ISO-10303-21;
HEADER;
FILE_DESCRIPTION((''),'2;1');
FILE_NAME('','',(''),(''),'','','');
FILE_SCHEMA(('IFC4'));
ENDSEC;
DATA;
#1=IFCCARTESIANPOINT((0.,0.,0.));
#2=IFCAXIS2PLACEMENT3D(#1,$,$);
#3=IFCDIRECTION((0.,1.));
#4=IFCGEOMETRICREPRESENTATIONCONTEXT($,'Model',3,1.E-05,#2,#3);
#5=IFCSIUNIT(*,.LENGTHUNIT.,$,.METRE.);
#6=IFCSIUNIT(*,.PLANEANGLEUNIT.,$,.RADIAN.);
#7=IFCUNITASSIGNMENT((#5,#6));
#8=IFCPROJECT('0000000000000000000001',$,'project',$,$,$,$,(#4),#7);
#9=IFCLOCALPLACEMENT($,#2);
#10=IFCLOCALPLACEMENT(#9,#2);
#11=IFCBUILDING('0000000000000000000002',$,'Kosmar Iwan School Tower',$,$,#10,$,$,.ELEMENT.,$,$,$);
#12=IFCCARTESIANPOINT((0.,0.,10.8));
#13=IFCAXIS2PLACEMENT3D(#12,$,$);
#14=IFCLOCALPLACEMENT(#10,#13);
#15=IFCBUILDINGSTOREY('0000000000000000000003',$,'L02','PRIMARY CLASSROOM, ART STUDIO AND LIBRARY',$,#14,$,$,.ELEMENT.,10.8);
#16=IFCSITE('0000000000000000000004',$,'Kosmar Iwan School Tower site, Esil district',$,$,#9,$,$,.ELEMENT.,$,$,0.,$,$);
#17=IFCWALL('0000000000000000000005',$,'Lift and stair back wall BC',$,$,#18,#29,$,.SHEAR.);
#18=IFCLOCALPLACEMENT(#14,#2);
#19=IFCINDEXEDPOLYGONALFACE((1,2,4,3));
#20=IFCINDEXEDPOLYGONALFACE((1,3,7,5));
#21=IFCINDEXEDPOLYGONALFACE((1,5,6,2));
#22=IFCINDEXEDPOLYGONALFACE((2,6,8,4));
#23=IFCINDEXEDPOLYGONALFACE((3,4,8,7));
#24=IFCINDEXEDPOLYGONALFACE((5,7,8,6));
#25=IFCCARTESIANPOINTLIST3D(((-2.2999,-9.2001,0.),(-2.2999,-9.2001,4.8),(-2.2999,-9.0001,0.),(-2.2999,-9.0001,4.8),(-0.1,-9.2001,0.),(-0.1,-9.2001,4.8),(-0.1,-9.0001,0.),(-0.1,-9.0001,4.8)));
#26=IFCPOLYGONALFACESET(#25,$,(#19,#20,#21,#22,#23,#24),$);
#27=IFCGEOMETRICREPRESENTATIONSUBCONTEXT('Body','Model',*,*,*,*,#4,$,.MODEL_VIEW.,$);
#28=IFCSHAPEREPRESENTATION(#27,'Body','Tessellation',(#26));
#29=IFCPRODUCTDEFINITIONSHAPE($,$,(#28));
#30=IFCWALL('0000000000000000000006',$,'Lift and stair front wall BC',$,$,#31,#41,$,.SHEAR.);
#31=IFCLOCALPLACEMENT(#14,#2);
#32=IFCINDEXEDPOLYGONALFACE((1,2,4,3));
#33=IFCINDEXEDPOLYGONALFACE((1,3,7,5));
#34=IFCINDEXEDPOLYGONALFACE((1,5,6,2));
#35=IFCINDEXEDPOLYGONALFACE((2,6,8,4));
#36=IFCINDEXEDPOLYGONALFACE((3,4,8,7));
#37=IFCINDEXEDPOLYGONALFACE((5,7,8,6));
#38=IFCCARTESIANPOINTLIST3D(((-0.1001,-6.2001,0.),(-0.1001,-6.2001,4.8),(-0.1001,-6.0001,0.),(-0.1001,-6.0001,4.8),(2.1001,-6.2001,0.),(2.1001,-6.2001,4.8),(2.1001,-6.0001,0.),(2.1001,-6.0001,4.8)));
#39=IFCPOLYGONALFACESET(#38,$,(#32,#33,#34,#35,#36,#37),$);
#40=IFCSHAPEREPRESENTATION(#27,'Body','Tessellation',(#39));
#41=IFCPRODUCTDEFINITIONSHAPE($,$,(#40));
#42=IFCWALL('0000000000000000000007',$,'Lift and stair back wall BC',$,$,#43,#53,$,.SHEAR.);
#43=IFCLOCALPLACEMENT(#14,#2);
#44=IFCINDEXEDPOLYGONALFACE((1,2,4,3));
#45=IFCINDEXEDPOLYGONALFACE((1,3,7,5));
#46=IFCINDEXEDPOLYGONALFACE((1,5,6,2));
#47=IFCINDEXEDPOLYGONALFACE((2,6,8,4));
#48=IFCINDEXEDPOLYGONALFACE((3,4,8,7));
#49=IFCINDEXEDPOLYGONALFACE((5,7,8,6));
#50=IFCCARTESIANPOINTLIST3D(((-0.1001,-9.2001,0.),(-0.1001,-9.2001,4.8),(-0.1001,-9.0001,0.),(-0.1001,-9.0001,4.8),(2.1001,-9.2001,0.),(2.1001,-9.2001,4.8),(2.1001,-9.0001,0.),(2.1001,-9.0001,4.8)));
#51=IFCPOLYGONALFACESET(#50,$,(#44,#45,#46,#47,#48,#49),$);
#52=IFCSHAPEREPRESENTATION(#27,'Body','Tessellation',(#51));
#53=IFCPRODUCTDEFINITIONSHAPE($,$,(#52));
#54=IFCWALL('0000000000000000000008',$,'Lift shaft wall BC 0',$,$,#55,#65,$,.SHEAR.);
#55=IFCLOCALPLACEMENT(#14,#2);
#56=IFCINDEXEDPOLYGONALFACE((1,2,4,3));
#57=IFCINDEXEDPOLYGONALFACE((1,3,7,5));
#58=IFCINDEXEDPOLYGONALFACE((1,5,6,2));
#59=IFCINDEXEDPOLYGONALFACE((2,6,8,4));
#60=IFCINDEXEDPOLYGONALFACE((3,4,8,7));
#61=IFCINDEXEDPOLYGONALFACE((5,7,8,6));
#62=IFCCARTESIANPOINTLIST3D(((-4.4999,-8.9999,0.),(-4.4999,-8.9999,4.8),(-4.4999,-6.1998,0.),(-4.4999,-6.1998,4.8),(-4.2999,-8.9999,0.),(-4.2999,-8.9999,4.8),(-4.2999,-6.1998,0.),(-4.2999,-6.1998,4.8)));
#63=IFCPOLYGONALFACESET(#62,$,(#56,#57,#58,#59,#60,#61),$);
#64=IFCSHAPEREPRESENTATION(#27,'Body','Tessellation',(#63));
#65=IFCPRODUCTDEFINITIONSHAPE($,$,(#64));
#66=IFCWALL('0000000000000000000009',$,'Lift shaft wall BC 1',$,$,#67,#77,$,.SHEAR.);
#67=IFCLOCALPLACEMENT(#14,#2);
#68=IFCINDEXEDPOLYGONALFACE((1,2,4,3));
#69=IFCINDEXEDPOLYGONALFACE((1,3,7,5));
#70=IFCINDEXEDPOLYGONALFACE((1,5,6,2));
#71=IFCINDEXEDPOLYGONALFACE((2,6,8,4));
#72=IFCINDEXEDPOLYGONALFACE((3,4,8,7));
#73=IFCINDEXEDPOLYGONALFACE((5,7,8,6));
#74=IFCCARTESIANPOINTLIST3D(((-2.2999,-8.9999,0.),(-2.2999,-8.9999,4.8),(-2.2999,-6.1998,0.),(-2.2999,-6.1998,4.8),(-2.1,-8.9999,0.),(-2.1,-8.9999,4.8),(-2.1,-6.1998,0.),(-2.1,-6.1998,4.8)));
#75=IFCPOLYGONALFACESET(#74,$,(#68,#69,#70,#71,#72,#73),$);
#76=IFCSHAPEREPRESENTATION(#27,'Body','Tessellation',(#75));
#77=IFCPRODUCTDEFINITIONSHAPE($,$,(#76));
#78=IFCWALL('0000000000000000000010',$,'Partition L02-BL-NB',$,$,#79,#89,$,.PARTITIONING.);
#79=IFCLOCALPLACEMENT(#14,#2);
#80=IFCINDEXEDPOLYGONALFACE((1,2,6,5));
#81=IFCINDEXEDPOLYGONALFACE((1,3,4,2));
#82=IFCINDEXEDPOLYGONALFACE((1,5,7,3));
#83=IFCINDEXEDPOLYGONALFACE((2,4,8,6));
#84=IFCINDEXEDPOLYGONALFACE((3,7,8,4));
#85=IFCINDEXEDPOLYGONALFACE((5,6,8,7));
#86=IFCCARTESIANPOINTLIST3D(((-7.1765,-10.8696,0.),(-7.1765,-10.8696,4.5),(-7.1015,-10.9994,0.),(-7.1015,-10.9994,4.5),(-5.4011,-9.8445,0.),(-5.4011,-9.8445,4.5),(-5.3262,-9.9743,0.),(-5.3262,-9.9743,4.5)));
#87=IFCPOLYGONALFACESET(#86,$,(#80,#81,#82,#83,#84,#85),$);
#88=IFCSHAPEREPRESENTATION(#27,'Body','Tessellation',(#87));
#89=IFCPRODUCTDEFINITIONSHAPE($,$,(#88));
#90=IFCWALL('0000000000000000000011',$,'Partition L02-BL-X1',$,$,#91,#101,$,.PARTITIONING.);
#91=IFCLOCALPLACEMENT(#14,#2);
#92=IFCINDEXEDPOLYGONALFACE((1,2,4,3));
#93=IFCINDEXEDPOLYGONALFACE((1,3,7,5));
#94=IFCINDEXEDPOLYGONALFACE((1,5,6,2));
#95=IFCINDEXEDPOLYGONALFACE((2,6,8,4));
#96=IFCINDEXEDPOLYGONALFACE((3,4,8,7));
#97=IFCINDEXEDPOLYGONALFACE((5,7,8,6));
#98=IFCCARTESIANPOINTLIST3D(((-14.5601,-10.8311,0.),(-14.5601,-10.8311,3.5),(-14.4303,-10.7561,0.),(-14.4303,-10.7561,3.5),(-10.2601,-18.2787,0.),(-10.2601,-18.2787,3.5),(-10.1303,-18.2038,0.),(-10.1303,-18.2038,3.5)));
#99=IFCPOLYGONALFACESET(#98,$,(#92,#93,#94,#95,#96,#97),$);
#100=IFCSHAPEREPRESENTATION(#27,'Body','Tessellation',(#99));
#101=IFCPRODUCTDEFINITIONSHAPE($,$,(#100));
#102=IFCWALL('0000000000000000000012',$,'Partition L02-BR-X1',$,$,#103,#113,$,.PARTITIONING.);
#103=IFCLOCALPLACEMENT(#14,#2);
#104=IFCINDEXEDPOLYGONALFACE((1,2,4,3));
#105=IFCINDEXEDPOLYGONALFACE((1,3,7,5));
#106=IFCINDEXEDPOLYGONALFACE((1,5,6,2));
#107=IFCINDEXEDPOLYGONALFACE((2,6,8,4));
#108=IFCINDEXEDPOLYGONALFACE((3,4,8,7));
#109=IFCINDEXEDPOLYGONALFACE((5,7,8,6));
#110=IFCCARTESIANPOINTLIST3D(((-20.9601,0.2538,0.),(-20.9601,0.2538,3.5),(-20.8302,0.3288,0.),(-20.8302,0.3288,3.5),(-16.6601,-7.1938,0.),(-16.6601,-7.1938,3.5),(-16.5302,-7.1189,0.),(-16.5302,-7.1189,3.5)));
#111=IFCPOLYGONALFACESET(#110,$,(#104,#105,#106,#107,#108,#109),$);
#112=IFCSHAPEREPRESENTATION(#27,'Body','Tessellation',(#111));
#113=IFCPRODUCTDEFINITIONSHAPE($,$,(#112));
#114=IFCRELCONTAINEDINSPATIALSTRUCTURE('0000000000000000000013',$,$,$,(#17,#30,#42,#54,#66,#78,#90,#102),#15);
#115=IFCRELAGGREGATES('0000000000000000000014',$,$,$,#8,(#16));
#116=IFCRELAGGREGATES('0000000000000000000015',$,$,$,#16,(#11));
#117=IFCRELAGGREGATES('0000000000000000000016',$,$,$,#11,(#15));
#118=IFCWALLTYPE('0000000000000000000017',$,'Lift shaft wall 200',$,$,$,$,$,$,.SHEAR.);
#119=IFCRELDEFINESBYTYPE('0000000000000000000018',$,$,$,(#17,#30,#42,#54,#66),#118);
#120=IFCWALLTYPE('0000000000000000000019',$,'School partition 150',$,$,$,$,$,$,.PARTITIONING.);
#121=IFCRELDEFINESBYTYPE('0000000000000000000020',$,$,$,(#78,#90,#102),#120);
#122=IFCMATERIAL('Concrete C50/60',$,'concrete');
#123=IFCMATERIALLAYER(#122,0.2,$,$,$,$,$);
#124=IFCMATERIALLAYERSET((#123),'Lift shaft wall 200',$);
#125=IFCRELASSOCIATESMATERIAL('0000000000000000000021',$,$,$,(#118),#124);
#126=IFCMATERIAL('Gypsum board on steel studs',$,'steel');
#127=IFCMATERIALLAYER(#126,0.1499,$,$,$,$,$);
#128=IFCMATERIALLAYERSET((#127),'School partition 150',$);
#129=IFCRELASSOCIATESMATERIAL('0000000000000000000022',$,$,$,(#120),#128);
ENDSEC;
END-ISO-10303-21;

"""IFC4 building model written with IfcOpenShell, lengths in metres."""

from ifc_helpers import new_model, si_unit, direction, frame, frame_2d, origin, place, context, subcontext, project, spatial, rectangle, extrude, material, layer, layer_set, type_object, element, save


model = new_model("IFC4")

# Units and contexts
model_context = context("Model", 3, precision=1e-05, world=origin(), true_north=direction((0.0, 1.0)))
body_context = subcontext(model_context, "Body", "Model", "MODEL_VIEW")
ifc_project = project(units=[si_unit("LENGTHUNIT", "METRE"), si_unit("PLANEANGLEUNIT", "RADIAN")], contexts=[model_context])

# Site, building, storey
site_placement = place(None, origin())
site = spatial("IfcSite", under=ifc_project, at=site_placement, Name="Kosmar Iwan School Tower site, Esil district", CompositionType="ELEMENT", RefElevation=0.0)
building_placement = place(site_placement, origin())
building = spatial("IfcBuilding", under=site, at=building_placement, Name="Kosmar Iwan School Tower", CompositionType="ELEMENT")
storey_placement = place(building_placement, frame((0.0, 0.0, 10.8)))
storey = spatial("IfcBuildingStorey", under=building, at=storey_placement, Name="L02", Description="PRIMARY CLASSROOM, ART STUDIO AND LIBRARY", CompositionType="ELEMENT", Elevation=10.8)

# Walls
ifc_material_1 = material(Name="Concrete C50/60", Category="concrete")
ifc_layer_1 = layer(ifc_material_1, 0.2)
ifc_layer_set_1 = layer_set([ifc_layer_1], Name="Lift shaft wall 200")
wall_type_1 = type_object("IfcWallType", Name="Lift shaft wall 200", PredefinedType="SHEAR", material=ifc_layer_set_1)
for number, where, z_axis, x_axis, name in (
    (1, (-2.3, -9.1001, 0.0), (0.0, 0.0, 1.0), (1.0, 0.0, 0.0), "Lift and stair back wall BC"),
):
    element("IfcWall", number, at=place(storey_placement, frame(where, z_axis=z_axis, x_axis=x_axis)), inside=storey, type_object=wall_type_1, Name=name, PredefinedType="SHEAR", context=body_context, shape_type="SweptSolid", body=[
        extrude(rectangle(XDim=2.2, YDim=0.2, at=frame_2d((1.1001, 0.0))), origin(), (0.0, 0.0, 1.0), 4.8),
    ])
for number, where, z_axis, x_axis, name in (
    (2, (-0.1001, -6.1001, 0.0), (0.0, 0.0, 1.0), (1.0, 0.0, 0.0), "Lift and stair front wall BC"),
    (3, (-0.1001, -9.1001, 0.0), (0.0, 0.0, 1.0), (1.0, 0.0, 0.0), "Lift and stair back wall BC"),
):
    element("IfcWall", number, at=place(storey_placement, frame(where, z_axis=z_axis, x_axis=x_axis)), inside=storey, type_object=wall_type_1, Name=name, PredefinedType="SHEAR", context=body_context, shape_type="SweptSolid", body=[
        extrude(rectangle(XDim=2.2002, YDim=0.2, at=frame_2d((1.1001, 0.0))), origin(), (0.0, 0.0, 1.0), 4.8),
    ])
for number, where, z_axis, x_axis, name in (
    (4, (-4.3999, -6.2, 0.0), (0.0, 0.0, 1.0), (0.0, -1.0, 0.0), "Lift shaft wall BC 0"),
    (5, (-2.2, -6.2, 0.0), (0.0, 0.0, 1.0), (0.0, -1.0, 0.0), "Lift shaft wall BC 1"),
):
    element("IfcWall", number, at=place(storey_placement, frame(where, z_axis=z_axis, x_axis=x_axis)), inside=storey, type_object=wall_type_1, Name=name, PredefinedType="SHEAR", context=body_context, shape_type="SweptSolid", body=[
        extrude(rectangle(XDim=2.8, YDim=0.2, at=frame_2d((1.3999, 0.0))), origin(), (0.0, 0.0, 1.0), 4.8),
    ])
ifc_material_2 = material(Name="Gypsum board on steel studs", Category="steel")
ifc_layer_2 = layer(ifc_material_2, 0.1499)
ifc_layer_set_2 = layer_set([ifc_layer_2], Name="School partition 150")
wall_type_2 = type_object("IfcWallType", Name="School partition 150", PredefinedType="PARTITIONING", material=ifc_layer_set_2)
wall_1_placement = place(storey_placement, frame((-5.3638, -9.9094, 0.0), z_axis=(0.0, 0.0, 1.0), x_axis=(-0.865999, -0.500045, 0.0)))
element("IfcWall", 6, at=wall_1_placement, inside=storey, type_object=wall_type_2, Name="Partition L02-BL-NB", PredefinedType="PARTITIONING", context=body_context, shape_type="SweptSolid", body=[
    extrude(rectangle(XDim=2.05, YDim=0.1499, at=frame_2d((1.0249, 0.0))), origin(), (0.0, 0.0, 1.0), 4.5),
])
for number, where, z_axis, x_axis, name in (
    (7, (-14.4951, -10.7937, 0.0), (0.0, 0.0, 1.0), (0.500008, -0.866021, 0.0), "Partition L02-BL-X1"),
    (8, (-16.5952, -7.1562, 0.0), (0.0, 0.0, 1.0), (-0.500008, 0.866021, 0.0), "Partition L02-BR-X1"),
):
    element("IfcWall", number, at=place(storey_placement, frame(where, z_axis=z_axis, x_axis=x_axis)), inside=storey, type_object=wall_type_2, Name=name, PredefinedType="PARTITIONING", context=body_context, shape_type="SweptSolid", body=[
        extrude(rectangle(XDim=8.5999, YDim=0.1499, at=frame_2d((4.2998, 0.0))), origin(), (0.0, 0.0, 1.0), 3.5),
    ])

save(model, "model.ifc")
